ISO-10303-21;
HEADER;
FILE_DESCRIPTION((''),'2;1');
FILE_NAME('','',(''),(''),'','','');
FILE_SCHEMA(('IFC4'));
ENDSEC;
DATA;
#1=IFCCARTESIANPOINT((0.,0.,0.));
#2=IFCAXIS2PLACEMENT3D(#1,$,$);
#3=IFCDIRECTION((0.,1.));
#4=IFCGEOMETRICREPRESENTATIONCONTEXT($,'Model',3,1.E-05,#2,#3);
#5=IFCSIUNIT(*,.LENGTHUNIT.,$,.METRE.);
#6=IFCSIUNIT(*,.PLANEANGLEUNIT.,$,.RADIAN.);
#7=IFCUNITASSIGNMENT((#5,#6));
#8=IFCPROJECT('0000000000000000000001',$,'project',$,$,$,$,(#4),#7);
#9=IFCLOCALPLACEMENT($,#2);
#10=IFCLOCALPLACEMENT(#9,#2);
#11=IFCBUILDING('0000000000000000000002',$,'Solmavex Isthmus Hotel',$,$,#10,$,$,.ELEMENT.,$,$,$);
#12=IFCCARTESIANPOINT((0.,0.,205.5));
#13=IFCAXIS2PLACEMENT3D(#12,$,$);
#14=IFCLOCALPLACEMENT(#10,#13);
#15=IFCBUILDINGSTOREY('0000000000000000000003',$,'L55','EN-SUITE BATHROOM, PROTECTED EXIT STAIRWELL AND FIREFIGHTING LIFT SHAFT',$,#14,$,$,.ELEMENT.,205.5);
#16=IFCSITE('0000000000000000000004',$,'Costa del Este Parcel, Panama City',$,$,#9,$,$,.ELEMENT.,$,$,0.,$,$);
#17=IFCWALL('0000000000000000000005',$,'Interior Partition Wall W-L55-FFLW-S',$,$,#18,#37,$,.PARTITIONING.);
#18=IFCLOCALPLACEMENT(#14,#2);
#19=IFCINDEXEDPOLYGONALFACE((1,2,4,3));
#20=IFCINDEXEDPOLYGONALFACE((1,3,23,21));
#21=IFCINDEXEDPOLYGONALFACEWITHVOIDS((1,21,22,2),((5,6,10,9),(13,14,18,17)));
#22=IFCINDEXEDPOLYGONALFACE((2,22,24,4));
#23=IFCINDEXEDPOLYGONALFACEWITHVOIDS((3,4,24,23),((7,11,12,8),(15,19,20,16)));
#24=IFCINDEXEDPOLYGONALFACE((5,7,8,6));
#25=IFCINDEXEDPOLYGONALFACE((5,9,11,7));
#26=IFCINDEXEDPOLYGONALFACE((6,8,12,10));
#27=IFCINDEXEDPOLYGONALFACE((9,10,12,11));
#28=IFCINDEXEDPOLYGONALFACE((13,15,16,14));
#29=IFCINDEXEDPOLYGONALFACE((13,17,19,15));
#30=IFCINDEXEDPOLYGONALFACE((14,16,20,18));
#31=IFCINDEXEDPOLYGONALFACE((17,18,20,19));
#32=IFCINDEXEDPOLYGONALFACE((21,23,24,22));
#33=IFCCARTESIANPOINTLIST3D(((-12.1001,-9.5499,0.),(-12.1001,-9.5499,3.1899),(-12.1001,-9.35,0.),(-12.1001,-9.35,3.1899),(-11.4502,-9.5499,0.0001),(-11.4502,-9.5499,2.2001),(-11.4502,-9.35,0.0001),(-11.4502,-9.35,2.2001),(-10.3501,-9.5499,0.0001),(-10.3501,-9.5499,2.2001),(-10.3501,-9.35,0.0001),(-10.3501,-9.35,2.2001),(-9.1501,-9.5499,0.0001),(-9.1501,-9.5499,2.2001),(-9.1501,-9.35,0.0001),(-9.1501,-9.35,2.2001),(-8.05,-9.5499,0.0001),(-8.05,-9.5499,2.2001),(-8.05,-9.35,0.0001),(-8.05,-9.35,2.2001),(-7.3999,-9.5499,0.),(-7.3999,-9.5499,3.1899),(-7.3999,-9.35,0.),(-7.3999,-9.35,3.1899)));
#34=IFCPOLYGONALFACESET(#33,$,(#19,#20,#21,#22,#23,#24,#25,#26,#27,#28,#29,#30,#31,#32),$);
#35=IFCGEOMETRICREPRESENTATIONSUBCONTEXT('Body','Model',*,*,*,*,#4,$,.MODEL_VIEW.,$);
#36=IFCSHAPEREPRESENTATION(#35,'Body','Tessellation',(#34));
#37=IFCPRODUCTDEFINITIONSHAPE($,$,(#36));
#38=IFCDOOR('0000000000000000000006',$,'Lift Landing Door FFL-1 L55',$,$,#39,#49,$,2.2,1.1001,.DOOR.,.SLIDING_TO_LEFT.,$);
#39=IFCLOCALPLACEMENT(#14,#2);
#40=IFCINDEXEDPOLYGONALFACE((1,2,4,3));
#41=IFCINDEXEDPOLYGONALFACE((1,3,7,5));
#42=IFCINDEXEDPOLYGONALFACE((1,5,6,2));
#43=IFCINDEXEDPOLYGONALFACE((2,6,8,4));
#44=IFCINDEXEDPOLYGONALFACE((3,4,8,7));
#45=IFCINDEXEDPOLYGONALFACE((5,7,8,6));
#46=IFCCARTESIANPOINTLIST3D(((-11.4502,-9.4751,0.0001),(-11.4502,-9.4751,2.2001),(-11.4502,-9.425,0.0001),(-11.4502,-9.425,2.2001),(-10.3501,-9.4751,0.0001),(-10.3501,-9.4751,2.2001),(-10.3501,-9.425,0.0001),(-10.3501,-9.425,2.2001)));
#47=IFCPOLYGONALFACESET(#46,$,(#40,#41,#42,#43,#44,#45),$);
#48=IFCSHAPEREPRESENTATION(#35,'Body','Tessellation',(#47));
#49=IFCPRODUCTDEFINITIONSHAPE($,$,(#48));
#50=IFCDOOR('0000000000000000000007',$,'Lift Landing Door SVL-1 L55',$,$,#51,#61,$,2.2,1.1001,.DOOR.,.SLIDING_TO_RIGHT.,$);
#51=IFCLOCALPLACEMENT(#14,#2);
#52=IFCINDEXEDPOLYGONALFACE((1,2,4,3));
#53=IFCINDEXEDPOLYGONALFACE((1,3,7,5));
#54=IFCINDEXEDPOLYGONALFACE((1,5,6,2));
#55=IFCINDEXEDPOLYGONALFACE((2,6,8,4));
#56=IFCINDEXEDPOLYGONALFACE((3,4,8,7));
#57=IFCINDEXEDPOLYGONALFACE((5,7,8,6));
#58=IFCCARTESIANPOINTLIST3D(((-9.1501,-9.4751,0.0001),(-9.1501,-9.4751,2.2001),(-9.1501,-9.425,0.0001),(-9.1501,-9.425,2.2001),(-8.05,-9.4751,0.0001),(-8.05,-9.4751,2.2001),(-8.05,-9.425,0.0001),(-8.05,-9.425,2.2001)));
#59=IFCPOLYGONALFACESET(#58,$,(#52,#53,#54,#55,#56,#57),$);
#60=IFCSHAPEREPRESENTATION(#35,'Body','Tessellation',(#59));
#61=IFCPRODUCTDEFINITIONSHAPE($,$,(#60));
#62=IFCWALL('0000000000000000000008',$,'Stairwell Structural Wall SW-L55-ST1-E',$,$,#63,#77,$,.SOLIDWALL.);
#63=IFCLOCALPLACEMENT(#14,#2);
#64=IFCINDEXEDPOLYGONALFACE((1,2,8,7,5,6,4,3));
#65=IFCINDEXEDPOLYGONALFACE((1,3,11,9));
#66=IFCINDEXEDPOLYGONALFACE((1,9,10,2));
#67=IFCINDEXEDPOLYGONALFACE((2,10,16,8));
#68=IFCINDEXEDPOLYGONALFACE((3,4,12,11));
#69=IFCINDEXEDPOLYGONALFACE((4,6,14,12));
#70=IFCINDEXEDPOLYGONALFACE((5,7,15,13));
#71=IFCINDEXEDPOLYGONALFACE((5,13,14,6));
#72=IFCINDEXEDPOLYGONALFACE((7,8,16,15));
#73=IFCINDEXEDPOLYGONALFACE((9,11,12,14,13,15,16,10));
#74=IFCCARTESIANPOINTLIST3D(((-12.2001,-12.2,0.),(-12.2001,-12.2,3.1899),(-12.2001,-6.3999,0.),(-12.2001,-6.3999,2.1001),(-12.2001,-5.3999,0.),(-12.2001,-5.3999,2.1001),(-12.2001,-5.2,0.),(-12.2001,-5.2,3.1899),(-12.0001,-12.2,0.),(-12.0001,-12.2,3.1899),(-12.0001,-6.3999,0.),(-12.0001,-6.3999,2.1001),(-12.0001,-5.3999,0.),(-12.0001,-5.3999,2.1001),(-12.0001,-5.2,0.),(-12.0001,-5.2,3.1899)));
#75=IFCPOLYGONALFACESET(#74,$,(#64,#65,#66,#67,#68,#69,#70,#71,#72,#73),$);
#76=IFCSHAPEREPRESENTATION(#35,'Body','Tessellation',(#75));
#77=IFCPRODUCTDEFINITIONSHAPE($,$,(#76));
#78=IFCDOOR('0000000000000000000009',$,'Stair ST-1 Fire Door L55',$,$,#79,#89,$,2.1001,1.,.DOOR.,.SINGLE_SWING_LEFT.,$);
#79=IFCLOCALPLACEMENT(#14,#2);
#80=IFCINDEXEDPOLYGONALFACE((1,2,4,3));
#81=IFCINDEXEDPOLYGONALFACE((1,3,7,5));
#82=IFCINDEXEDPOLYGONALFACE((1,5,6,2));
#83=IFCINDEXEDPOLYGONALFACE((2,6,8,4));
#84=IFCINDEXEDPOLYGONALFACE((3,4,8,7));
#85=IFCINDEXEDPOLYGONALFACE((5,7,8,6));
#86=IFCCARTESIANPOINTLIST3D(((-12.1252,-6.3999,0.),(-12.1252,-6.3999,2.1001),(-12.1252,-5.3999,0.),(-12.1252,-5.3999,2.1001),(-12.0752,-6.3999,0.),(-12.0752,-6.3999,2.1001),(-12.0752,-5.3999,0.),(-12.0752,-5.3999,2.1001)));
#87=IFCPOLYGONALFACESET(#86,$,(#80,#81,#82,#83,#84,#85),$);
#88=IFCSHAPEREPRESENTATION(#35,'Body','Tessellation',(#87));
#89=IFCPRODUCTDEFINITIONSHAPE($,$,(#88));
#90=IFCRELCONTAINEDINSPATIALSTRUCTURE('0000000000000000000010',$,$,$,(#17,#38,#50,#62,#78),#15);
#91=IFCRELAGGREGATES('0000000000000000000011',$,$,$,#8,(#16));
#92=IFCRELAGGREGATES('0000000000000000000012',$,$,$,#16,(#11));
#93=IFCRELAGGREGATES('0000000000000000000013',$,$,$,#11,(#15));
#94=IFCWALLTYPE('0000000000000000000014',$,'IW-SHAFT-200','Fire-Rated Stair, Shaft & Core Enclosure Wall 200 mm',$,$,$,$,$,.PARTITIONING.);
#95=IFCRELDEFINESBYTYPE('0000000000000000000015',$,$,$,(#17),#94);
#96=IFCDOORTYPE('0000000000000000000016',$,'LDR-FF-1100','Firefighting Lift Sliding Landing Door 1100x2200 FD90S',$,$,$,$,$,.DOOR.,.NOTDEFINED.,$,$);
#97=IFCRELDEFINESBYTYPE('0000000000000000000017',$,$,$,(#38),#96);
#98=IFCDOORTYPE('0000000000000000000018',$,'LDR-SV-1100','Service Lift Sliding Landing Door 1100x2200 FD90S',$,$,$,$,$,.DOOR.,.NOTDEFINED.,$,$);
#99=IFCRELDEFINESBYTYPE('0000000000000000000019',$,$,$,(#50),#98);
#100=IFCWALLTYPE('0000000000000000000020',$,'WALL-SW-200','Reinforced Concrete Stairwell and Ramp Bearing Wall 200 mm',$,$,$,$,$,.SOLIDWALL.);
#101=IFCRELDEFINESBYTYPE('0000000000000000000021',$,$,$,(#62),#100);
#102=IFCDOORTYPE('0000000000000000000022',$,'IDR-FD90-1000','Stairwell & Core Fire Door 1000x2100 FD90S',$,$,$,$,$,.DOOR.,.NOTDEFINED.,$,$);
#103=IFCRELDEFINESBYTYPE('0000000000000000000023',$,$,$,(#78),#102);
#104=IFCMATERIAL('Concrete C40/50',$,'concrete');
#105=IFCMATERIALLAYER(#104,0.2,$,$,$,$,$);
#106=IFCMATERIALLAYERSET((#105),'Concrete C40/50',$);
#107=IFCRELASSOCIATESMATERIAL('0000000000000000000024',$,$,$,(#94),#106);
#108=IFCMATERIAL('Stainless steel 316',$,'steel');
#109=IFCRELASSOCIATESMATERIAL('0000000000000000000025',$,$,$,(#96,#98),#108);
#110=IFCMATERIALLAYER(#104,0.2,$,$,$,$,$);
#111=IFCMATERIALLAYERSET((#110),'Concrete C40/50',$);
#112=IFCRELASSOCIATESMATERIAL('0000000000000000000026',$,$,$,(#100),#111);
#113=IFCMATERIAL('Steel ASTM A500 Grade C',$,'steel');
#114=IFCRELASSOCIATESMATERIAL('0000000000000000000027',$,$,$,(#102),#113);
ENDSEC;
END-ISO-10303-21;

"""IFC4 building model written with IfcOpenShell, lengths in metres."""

from ifc_helpers import new_model, si_unit, direction, frame, frame_2d, origin, place, context, subcontext, project, spatial, rectangle, extrude, material, layer, layer_set, type_object, element, fill, save


model = new_model("IFC4")

# Units and contexts
model_context = context("Model", 3, precision=1e-05, world=origin(), true_north=direction((0.0, 1.0)))
body_context = subcontext(model_context, "Body", "Model", "MODEL_VIEW")
ifc_project = project(units=[si_unit("LENGTHUNIT", "METRE"), si_unit("PLANEANGLEUNIT", "RADIAN")], contexts=[model_context])

# Site, building, storey
site_placement = place(None, origin())
site = spatial("IfcSite", under=ifc_project, at=site_placement, Name="Costa del Este Parcel, Panama City", CompositionType="ELEMENT", RefElevation=0.0)
building_placement = place(site_placement, origin())
building = spatial("IfcBuilding", under=site, at=building_placement, Name="Solmavex Isthmus Hotel", CompositionType="ELEMENT")
storey_placement = place(building_placement, frame((0.0, 0.0, 205.5)))
storey = spatial("IfcBuildingStorey", under=building, at=storey_placement, Name="L55", Description="EN-SUITE BATHROOM, PROTECTED EXIT STAIRWELL AND FIREFIGHTING LIFT SHAFT", CompositionType="ELEMENT", Elevation=205.5)

# Shared definitions
ifc_material_1 = material(Name="Steel ASTM A500 Grade C", Category="steel")

# Shared definitions
ifc_material_2 = material(Name="Concrete C40/50", Category="concrete")
ifc_layer_1 = layer(ifc_material_2, 0.2)
ifc_layer_set_1 = layer_set([ifc_layer_1], Name="Concrete C40/50")
wall_type_1 = type_object("IfcWallType", Name="IW-SHAFT-200", Description="Fire-Rated Stair, Shaft & Core Enclosure Wall 200 mm", PredefinedType="PARTITIONING", material=ifc_layer_set_1)

# Wall, openings, doors
wall_1_placement = place(storey_placement, frame((-12.1001, -9.45, 0.0), z_axis=(0.0, 0.0, 1.0), x_axis=(1.0, 0.0, 0.0)))
wall_1 = element("IfcWall", 1, at=wall_1_placement, inside=storey, type_object=wall_type_1, Name="Interior Partition Wall W-L55-FFLW-S", PredefinedType="PARTITIONING", context=body_context, shape_type="SweptSolid", body=[
    extrude(rectangle(XDim=4.7002, YDim=0.2, at=frame_2d((2.3501, 0.0))), origin(), (0.0, 0.0, 1.0), 3.1899),
])
opening_1_placement = place(wall_1_placement, frame((0.6499, 0.0, 0.0)))
opening_1 = element("IfcOpeningElement", 2, at=opening_1_placement, cuts=wall_1, PredefinedType="OPENING", context=body_context, shape_type="SweptSolid", body=[
    extrude(rectangle(XDim=1.1001, YDim=2.2, at=frame_2d((0.55, 1.1001))), frame((0.0, 0.1099, 0.0), z_axis=(0.0, -1.0, 0.0), x_axis=(1.0, 0.0, 0.0)), (0.0, 0.0, 1.0), 0.22),
])
opening_2_placement = place(wall_1_placement, frame((2.95, 0.0, 0.0)))
opening_2 = element("IfcOpeningElement", 3, at=opening_2_placement, cuts=wall_1, PredefinedType="OPENING", context=body_context, shape_type="SweptSolid", body=[
    extrude(rectangle(XDim=1.1001, YDim=2.2, at=frame_2d((0.55, 1.1001))), frame((0.0, 0.1099, 0.0), z_axis=(0.0, -1.0, 0.0), x_axis=(1.0, 0.0, 0.0)), (0.0, 0.0, 1.0), 0.22),
])
ifc_material_3 = material(Name="Stainless steel 316", Category="steel")
door_type_1 = type_object("IfcDoorType", Name="LDR-FF-1100", Description="Firefighting Lift Sliding Landing Door 1100x2200 FD90S", OperationType="NOTDEFINED", PredefinedType="DOOR", material=ifc_material_3)
door_1_placement = place(opening_1_placement, origin())
door_1 = element("IfcDoor", 4, at=door_1_placement, inside=storey, type_object=door_type_1, Name="Lift Landing Door FFL-1 L55", OperationType="SLIDING_TO_LEFT", OverallHeight=2.2, OverallWidth=1.1001, PredefinedType="DOOR", context=body_context, shape_type="SweptSolid", body=[
    extrude(rectangle(XDim=1.1001, YDim=2.2, at=frame_2d((0.55, 1.1001))), frame((0.0, 0.0249, 0.0), z_axis=(0.0, -1.0, 0.0), x_axis=(1.0, 0.0, 0.0)), (0.0, 0.0, 1.0), 0.05),
])
fill(opening_1, door_1)
door_type_2 = type_object("IfcDoorType", Name="LDR-SV-1100", Description="Service Lift Sliding Landing Door 1100x2200 FD90S", OperationType="NOTDEFINED", PredefinedType="DOOR", material=ifc_material_3)
door_2_placement = place(opening_2_placement, origin())
door_2 = element("IfcDoor", 5, at=door_2_placement, inside=storey, type_object=door_type_2, Name="Lift Landing Door SVL-1 L55", OperationType="SLIDING_TO_RIGHT", OverallHeight=2.2, OverallWidth=1.1001, PredefinedType="DOOR", context=body_context, shape_type="SweptSolid", body=[
    extrude(rectangle(XDim=1.1001, YDim=2.2, at=frame_2d((0.55, 1.1001))), frame((0.0, 0.0249, 0.0), z_axis=(0.0, -1.0, 0.0), x_axis=(1.0, 0.0, 0.0)), (0.0, 0.0, 1.0), 0.05),
])
fill(opening_2, door_2)

# Wall, opening, door
ifc_layer_2 = layer(ifc_material_2, 0.2)
ifc_layer_set_2 = layer_set([ifc_layer_2], Name="Concrete C40/50")
wall_type_2 = type_object("IfcWallType", Name="WALL-SW-200", Description="Reinforced Concrete Stairwell and Ramp Bearing Wall 200 mm", PredefinedType="SOLIDWALL", material=ifc_layer_set_2)
wall_2_placement = place(storey_placement, frame((-12.1001, -12.2, 0.0), z_axis=(0.0, 0.0, 1.0), x_axis=(0.0, 1.0, 0.0)))
wall_2 = element("IfcWall", 6, at=wall_2_placement, inside=storey, type_object=wall_type_2, Name="Stairwell Structural Wall SW-L55-ST1-E", PredefinedType="SOLIDWALL", context=body_context, shape_type="SweptSolid", body=[
    extrude(rectangle(XDim=7.0, YDim=0.2, at=frame_2d((3.5, 0.0))), origin(), (0.0, 0.0, 1.0), 3.1899),
])
opening_3_placement = place(wall_2_placement, frame((5.8, 0.0, 0.0)))
opening_3 = element("IfcOpeningElement", 7, at=opening_3_placement, cuts=wall_2, PredefinedType="OPENING", context=body_context, shape_type="SweptSolid", body=[
    extrude(rectangle(XDim=1.0, YDim=2.1001, at=frame_2d((0.5, 1.05))), frame((0.0, 0.1099, 0.0), z_axis=(0.0, -1.0, 0.0), x_axis=(1.0, 0.0, 0.0)), (0.0, 0.0, 1.0), 0.22),
])
door_type_3 = type_object("IfcDoorType", Name="IDR-FD90-1000", Description="Stairwell & Core Fire Door 1000x2100 FD90S", OperationType="NOTDEFINED", PredefinedType="DOOR", material=ifc_material_1)
door_3_placement = place(opening_3_placement, frame((1.0, 0.0, 0.0), z_axis=(0.0, 0.0, 1.0), x_axis=(-1.0, 0.0, 0.0)))
door_3 = element("IfcDoor", 8, at=door_3_placement, inside=storey, type_object=door_type_3, Name="Stair ST-1 Fire Door L55", OperationType="SINGLE_SWING_LEFT", OverallHeight=2.1001, OverallWidth=1.0, PredefinedType="DOOR", context=body_context, shape_type="SweptSolid", body=[
    extrude(rectangle(XDim=1.0, YDim=2.1001, at=frame_2d((0.5, 1.05))), frame((0.0, 0.0249, 0.0), z_axis=(0.0, -1.0, 0.0), x_axis=(1.0, 0.0, 0.0)), (0.0, 0.0, 1.0), 0.05),
])
fill(opening_3, door_3)

save(model, "model.ifc")
